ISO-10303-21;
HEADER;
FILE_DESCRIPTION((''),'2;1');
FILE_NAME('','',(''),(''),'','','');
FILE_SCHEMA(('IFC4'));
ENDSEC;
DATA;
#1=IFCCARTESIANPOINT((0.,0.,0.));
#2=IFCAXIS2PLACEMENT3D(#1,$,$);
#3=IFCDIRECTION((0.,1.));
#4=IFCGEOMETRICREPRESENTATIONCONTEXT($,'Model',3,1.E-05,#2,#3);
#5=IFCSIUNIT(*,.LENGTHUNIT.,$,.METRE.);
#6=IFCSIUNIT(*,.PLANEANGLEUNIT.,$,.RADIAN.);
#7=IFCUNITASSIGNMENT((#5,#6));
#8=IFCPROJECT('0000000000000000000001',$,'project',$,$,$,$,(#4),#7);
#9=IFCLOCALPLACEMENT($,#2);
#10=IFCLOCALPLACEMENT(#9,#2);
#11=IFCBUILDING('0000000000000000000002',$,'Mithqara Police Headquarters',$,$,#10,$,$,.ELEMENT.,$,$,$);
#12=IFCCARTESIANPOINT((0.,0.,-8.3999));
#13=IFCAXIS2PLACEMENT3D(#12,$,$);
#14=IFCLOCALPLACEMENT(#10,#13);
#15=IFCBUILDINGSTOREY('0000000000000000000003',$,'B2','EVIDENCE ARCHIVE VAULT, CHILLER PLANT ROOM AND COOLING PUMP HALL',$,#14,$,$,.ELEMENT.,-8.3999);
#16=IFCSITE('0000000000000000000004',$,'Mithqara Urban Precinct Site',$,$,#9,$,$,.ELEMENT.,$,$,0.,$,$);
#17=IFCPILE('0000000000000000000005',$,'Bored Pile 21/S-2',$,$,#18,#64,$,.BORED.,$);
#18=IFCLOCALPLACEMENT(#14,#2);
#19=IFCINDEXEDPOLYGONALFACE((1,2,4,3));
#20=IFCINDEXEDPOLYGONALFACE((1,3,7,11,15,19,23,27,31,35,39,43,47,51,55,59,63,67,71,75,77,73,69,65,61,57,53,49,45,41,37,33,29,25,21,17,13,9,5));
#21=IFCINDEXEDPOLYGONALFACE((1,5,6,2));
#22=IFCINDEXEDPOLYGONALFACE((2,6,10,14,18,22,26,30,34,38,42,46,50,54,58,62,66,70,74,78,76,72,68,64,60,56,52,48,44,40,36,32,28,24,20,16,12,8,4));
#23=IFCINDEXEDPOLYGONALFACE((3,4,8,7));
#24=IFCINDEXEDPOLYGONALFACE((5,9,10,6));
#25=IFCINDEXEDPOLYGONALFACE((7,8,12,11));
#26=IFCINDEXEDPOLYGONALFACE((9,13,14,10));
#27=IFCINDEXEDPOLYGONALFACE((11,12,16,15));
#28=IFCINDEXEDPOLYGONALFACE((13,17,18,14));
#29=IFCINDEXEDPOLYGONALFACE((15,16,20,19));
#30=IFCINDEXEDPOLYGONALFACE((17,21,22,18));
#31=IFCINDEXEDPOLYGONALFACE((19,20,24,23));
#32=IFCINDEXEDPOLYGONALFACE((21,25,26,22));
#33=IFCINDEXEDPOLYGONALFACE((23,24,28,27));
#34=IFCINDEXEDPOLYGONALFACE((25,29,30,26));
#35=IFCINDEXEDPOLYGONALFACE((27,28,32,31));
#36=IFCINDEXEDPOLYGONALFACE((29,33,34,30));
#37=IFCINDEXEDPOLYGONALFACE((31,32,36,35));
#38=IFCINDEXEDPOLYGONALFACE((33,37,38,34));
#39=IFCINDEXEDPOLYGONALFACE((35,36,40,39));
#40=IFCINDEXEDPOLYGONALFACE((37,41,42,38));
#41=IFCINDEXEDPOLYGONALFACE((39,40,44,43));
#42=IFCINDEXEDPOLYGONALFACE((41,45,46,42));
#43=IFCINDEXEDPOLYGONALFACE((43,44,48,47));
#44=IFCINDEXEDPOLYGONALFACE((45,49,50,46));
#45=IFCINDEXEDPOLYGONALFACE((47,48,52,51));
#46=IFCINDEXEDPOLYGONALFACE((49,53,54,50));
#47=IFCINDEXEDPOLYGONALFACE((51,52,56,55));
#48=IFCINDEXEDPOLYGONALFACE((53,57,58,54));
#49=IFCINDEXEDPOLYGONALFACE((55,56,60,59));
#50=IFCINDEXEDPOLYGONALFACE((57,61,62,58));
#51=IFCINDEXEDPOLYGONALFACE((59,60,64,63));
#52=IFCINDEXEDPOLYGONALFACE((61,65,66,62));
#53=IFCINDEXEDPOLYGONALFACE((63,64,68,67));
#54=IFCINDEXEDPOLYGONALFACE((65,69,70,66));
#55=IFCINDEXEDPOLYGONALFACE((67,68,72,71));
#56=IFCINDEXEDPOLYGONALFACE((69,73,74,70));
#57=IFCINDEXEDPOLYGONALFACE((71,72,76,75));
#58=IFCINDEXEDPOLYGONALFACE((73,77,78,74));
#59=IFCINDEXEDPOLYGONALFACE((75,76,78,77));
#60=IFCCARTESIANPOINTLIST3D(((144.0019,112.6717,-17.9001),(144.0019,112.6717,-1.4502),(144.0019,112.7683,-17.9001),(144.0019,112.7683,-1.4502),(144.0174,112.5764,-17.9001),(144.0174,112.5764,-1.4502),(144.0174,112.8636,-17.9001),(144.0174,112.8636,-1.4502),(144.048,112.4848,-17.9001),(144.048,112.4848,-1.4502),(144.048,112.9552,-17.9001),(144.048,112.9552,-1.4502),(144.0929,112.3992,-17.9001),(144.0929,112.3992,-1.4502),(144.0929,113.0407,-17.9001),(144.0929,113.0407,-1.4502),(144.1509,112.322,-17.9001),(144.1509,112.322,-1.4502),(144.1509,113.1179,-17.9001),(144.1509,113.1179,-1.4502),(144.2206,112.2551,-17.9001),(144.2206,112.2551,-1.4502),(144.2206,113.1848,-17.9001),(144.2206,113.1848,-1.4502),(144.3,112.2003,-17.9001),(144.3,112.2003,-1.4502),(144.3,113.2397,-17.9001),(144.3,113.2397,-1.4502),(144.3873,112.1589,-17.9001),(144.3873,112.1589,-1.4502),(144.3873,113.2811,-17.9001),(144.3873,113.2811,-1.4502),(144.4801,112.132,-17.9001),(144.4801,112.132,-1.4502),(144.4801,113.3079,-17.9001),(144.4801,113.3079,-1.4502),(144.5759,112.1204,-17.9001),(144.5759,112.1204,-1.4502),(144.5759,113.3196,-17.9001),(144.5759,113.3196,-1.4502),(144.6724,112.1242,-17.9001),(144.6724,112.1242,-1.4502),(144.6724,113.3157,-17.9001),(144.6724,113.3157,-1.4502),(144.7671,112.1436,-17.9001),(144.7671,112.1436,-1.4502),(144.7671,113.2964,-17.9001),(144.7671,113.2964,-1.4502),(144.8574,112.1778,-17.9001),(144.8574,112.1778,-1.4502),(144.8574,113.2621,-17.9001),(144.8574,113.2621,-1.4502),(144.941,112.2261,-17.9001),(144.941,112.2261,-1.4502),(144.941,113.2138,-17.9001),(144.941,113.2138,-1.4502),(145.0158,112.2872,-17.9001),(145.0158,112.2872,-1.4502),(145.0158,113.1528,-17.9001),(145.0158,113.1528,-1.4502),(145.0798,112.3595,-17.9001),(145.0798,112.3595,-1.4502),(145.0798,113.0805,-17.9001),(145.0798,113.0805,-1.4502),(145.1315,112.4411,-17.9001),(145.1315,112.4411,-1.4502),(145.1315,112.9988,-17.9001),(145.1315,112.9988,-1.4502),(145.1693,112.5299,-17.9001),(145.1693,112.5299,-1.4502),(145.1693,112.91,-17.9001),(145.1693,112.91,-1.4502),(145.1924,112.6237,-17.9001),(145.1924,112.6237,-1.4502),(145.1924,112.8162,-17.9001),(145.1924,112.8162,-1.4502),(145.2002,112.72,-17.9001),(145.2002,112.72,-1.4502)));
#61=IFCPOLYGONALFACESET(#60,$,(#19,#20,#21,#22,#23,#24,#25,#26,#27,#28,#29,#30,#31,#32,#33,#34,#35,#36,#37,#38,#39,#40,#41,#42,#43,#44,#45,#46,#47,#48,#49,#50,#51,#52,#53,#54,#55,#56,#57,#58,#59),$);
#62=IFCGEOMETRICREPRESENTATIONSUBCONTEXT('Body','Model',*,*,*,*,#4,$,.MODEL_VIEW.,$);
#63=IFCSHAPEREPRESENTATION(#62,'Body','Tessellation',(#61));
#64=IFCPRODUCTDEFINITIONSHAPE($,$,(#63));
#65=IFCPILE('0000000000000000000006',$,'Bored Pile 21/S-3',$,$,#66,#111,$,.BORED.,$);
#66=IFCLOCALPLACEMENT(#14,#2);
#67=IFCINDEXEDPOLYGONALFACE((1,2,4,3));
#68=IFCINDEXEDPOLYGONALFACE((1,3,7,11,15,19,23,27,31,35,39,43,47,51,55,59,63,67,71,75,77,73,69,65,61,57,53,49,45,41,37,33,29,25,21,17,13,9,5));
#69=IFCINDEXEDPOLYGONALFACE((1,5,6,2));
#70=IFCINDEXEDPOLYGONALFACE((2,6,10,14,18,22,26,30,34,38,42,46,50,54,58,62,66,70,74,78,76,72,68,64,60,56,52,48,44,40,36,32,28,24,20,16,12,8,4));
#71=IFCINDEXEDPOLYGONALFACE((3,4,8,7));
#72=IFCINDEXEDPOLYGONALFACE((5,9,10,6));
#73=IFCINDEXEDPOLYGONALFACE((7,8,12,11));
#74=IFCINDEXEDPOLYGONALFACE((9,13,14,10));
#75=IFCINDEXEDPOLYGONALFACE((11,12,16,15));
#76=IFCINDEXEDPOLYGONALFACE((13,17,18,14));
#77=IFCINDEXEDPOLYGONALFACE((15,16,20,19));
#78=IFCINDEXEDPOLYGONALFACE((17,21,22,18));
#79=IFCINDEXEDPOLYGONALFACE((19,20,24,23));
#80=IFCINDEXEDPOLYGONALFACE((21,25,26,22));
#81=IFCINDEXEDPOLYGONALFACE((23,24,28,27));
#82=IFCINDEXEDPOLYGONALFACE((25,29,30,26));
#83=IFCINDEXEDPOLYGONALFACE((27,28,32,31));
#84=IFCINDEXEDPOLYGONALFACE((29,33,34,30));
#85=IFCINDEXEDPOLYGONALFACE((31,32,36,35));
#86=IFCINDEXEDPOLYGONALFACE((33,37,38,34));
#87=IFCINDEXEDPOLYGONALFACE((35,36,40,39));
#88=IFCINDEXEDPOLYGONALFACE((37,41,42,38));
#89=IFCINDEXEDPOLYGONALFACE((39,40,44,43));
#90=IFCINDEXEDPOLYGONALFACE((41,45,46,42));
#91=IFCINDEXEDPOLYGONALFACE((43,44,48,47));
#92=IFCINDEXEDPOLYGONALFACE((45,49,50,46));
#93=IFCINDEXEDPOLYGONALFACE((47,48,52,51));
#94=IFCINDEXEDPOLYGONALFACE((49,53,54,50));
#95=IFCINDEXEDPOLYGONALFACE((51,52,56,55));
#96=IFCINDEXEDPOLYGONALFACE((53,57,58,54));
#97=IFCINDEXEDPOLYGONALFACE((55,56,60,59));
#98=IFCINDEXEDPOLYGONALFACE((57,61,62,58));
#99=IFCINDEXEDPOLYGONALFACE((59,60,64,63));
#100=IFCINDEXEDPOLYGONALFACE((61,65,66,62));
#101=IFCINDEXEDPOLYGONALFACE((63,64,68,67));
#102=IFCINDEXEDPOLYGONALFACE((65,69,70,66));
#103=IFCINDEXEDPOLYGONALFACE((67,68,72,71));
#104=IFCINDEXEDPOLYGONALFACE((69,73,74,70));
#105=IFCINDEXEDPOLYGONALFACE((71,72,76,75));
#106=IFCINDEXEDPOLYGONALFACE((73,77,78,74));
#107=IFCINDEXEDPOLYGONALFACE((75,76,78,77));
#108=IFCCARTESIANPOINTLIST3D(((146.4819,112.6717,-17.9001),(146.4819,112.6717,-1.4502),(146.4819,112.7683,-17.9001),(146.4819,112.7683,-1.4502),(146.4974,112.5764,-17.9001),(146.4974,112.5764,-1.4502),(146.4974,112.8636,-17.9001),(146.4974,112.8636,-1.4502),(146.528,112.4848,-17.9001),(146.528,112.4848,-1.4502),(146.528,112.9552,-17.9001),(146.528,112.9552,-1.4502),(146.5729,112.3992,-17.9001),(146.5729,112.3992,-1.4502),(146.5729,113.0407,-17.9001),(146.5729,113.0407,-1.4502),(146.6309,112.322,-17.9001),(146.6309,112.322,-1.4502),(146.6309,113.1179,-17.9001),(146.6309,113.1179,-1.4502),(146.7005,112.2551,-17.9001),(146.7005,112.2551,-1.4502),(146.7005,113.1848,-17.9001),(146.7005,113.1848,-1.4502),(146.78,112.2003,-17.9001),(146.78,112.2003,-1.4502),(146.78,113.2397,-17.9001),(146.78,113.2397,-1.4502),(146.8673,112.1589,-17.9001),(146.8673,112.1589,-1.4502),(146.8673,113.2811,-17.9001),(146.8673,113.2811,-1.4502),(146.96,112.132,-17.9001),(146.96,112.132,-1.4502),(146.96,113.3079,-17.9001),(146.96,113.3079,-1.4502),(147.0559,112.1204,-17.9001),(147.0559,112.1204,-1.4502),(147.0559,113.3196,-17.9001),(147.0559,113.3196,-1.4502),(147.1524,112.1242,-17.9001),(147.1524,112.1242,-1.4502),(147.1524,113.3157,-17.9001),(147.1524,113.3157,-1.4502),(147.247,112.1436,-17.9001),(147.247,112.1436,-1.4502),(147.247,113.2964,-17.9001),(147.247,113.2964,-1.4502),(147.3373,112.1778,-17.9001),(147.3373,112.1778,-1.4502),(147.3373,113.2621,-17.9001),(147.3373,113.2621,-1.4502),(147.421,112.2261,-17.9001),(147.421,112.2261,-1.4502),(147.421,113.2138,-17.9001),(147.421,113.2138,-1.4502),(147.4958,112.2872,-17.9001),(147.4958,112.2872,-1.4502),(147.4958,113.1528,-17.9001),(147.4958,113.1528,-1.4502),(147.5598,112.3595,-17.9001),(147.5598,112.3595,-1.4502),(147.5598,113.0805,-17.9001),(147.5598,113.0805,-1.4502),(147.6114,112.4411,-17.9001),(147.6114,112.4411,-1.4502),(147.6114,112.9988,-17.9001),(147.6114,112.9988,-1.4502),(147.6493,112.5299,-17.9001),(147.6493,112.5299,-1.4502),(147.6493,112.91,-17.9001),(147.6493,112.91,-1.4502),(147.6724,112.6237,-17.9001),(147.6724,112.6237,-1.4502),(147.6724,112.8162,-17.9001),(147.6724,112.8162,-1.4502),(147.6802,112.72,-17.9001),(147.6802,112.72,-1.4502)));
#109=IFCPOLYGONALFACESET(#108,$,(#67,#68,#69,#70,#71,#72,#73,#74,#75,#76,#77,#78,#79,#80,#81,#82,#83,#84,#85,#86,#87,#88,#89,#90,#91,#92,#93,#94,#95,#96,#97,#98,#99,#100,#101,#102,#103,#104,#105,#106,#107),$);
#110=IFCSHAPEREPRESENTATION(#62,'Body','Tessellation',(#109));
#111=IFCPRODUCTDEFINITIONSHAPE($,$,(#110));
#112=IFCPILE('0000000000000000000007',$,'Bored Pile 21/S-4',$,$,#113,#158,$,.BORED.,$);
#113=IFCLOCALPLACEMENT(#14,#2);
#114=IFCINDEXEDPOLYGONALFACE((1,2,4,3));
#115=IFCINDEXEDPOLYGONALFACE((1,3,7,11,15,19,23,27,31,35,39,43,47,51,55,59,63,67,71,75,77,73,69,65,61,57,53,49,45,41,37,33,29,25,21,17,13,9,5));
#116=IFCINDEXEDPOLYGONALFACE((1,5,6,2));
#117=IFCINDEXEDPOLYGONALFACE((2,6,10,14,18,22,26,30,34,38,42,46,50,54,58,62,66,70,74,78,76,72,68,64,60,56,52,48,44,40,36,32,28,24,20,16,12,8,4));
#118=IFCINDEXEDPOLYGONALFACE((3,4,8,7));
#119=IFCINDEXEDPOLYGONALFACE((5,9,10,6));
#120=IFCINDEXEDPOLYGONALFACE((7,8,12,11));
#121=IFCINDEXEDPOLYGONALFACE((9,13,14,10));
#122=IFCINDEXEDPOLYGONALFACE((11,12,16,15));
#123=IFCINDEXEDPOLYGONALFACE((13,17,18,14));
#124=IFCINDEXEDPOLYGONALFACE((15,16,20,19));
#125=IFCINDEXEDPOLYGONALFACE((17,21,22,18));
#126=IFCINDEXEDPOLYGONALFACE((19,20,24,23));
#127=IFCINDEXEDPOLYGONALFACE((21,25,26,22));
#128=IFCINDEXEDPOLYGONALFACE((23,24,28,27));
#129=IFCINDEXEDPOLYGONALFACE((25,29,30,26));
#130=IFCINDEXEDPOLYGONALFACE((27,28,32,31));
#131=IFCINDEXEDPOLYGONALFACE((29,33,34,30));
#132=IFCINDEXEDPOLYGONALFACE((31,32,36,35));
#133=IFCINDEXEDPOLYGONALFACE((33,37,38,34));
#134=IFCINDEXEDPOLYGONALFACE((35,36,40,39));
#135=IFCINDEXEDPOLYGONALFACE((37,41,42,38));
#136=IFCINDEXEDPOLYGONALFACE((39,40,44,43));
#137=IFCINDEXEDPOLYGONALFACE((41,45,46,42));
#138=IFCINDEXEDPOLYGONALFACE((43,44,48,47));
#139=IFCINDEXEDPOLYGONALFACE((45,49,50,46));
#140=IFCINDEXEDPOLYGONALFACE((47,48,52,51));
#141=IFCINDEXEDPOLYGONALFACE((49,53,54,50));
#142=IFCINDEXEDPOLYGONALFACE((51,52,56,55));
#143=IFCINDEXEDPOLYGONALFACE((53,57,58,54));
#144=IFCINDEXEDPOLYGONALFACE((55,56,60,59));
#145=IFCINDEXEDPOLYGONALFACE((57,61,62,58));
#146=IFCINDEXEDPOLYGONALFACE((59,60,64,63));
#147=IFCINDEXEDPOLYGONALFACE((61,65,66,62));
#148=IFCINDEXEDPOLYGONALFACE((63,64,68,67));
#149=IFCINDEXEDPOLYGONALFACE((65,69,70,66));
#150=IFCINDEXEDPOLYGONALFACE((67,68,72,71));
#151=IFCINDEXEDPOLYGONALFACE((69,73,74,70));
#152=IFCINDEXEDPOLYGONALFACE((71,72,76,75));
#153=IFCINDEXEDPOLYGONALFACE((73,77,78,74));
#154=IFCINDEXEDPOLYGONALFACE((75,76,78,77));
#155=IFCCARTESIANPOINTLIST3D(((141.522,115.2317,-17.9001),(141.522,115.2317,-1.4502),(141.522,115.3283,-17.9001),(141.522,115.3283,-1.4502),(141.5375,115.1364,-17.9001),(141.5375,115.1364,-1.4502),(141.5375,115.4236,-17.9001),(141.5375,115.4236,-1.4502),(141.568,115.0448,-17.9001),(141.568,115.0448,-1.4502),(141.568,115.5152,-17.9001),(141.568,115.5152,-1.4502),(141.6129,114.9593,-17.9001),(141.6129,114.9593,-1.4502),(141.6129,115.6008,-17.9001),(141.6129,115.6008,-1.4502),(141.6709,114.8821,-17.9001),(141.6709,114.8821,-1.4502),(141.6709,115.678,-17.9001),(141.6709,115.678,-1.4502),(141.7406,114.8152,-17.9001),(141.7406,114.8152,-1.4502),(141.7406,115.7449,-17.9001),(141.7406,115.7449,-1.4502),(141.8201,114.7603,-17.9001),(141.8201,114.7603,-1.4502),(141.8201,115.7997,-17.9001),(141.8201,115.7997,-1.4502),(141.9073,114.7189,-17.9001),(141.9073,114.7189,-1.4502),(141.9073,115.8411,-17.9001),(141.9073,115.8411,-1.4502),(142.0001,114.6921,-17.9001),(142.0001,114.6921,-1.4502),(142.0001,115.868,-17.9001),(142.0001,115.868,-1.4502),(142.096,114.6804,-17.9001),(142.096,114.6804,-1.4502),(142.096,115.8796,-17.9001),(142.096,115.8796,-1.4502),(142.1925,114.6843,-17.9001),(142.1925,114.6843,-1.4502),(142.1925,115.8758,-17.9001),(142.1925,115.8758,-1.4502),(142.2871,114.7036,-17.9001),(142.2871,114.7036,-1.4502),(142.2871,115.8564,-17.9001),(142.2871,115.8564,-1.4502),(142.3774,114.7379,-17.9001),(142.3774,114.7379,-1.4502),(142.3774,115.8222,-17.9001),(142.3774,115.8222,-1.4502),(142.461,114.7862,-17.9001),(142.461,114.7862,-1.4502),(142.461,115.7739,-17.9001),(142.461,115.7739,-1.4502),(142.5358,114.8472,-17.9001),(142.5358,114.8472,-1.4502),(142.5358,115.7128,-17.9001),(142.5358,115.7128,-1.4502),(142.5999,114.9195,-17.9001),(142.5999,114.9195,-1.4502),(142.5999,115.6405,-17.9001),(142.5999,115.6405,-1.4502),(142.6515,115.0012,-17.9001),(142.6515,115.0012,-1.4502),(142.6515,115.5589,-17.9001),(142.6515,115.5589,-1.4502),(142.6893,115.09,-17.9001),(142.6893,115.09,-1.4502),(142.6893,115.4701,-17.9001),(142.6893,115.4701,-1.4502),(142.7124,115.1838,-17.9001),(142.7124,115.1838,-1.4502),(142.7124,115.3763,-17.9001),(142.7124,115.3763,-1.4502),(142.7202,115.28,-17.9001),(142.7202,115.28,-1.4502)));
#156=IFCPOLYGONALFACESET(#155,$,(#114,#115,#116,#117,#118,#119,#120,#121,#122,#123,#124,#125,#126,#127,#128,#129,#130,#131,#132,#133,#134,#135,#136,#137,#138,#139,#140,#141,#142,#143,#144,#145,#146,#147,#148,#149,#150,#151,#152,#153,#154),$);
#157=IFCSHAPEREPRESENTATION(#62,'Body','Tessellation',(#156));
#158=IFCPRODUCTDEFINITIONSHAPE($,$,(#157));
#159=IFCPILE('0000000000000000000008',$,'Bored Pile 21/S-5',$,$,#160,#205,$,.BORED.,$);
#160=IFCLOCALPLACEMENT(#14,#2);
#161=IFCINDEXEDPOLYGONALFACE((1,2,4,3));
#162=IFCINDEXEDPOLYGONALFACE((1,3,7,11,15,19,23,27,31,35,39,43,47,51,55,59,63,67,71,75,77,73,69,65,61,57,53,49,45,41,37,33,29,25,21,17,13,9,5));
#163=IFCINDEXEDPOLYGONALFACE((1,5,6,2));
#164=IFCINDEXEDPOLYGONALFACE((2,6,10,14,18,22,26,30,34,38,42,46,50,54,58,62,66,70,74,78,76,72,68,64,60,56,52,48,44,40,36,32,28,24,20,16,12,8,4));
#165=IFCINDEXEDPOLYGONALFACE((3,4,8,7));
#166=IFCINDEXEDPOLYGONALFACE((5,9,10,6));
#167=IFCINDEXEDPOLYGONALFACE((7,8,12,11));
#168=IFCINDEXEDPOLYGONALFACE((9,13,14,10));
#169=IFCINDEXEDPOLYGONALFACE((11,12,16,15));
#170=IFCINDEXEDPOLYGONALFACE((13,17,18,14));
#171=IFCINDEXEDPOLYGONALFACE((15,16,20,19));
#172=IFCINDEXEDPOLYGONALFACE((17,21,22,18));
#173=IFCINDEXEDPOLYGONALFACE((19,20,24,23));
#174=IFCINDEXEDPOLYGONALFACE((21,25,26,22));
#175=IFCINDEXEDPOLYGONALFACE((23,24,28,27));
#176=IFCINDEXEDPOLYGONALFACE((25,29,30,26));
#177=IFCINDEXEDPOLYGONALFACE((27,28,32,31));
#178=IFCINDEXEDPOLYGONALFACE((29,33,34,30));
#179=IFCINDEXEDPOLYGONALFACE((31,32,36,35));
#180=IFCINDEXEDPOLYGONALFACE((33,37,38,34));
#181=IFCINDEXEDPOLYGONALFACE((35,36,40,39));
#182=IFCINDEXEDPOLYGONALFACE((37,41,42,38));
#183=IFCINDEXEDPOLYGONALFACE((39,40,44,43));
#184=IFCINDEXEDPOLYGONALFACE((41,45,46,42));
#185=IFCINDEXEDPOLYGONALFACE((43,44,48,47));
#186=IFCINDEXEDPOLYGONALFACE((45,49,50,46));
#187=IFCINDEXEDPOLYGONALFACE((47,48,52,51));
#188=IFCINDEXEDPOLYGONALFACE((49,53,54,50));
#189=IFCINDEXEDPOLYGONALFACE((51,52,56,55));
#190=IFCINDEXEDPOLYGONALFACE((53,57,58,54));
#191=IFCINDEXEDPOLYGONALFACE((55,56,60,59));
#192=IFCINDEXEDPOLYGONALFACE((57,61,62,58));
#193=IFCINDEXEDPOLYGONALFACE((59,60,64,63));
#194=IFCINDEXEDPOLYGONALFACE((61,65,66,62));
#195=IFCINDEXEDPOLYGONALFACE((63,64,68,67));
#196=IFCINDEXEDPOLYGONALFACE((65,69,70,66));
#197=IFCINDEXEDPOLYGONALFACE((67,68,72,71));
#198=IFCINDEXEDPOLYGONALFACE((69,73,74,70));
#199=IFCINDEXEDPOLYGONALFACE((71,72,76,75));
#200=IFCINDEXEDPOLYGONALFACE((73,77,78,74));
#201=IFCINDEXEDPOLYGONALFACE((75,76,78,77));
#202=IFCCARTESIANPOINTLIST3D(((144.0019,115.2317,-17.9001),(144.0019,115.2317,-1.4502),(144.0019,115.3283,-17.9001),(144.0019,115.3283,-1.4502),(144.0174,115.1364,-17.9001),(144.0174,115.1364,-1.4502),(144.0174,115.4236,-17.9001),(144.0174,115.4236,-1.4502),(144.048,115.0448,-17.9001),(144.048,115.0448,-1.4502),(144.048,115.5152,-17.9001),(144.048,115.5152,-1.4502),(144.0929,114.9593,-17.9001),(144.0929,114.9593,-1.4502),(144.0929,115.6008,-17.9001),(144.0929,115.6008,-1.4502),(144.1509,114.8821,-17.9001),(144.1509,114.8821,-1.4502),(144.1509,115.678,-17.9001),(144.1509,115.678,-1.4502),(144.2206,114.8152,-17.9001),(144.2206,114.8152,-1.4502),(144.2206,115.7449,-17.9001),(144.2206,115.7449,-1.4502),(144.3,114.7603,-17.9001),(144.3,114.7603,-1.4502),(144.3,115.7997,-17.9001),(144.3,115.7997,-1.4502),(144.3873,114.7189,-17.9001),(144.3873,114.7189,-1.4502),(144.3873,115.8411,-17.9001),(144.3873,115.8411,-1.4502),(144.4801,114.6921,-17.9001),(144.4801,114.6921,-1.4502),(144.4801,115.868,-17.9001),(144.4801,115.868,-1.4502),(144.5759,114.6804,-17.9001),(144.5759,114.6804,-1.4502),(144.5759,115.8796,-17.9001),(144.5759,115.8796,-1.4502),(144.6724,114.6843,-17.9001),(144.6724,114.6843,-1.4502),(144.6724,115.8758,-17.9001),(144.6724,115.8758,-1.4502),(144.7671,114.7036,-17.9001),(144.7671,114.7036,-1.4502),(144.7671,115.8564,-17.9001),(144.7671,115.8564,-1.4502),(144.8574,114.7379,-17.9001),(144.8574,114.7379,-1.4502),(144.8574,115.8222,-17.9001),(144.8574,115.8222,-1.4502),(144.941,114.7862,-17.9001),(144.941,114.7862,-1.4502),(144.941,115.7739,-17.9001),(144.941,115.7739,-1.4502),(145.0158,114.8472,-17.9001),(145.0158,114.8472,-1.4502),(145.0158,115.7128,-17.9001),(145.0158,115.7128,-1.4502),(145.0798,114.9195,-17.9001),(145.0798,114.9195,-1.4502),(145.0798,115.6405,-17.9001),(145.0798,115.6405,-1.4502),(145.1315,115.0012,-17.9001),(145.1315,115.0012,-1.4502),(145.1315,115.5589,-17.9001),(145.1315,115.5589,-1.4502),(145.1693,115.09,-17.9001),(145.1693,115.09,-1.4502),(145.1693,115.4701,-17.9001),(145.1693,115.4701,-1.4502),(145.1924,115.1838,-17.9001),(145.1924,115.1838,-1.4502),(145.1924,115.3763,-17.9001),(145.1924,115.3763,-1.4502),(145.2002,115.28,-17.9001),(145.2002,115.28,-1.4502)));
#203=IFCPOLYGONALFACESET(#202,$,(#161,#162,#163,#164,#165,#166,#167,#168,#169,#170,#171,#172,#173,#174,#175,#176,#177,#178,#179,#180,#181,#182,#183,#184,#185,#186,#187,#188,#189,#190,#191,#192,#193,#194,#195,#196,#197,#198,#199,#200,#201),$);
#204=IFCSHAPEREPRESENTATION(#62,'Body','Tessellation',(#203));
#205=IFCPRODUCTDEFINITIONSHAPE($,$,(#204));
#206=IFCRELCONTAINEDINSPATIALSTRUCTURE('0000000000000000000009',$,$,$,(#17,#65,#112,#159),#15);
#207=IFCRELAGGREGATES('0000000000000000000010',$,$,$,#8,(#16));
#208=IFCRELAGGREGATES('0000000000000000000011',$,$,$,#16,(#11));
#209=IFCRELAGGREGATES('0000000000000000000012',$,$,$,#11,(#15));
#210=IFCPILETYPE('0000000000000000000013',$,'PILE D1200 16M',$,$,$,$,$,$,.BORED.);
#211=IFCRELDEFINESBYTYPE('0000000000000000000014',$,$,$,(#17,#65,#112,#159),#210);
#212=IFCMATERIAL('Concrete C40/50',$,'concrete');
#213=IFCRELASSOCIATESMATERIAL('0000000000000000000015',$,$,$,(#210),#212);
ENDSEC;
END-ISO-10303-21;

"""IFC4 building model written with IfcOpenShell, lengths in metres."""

from ifc_helpers import new_model, si_unit, direction, frame, origin, origin_2d, place, context, subcontext, project, spatial, circle, extrude, material, material_profile, profile_set, type_object, element, save


model = new_model("IFC4")

# Units and contexts
model_context = context("Model", 3, precision=1e-05, world=origin(), true_north=direction((0.0, 1.0)))
body_context = subcontext(model_context, "Body", "Model", "MODEL_VIEW")
ifc_project = project(units=[si_unit("LENGTHUNIT", "METRE"), si_unit("PLANEANGLEUNIT", "RADIAN")], contexts=[model_context])

# Site, building, storey
site_placement = place(None, origin())
site = spatial("IfcSite", under=ifc_project, at=site_placement, Name="Mithqara Urban Precinct Site", CompositionType="ELEMENT", RefElevation=0.0)
building_placement = place(site_placement, origin())
building = spatial("IfcBuilding", under=site, at=building_placement, Name="Mithqara Police Headquarters", CompositionType="ELEMENT")
storey_placement = place(building_placement, frame((0.0, 0.0, -8.3999)))
storey = spatial("IfcBuildingStorey", under=building, at=storey_placement, Name="B2", Description="EVIDENCE ARCHIVE VAULT, CHILLER PLANT ROOM AND COOLING PUMP HALL", CompositionType="ELEMENT", Elevation=-8.3999)

# Shared definitions
ifc_material_1 = material(Name="Concrete C40/50", Category="concrete")

# Piles
ifc_material_profile_1 = material_profile(ifc_material_1, circle(Radius=0.6001, at=origin_2d()), Name="PILE D1200")
ifc_profile_set_1 = profile_set([ifc_material_profile_1], Name="Concrete C40/50")
pile_type_1 = type_object("IfcPileType", Name="PILE D1200 16M", PredefinedType="BORED", material=ifc_profile_set_1)
for number, where, z_axis, x_axis, name in (
    (1, (144.6001, 112.72, -1.4502), (0.0, 0.0, -1.0), (1.0, 0.0, 0.0), "Bored Pile 21/S-2"),
    (2, (147.0801, 112.72, -1.4502), (0.0, 0.0, -1.0), (1.0, 0.0, 0.0), "Bored Pile 21/S-3"),
    (3, (142.1201, 115.28, -1.4502), (0.0, 0.0, -1.0), (1.0, 0.0, 0.0), "Bored Pile 21/S-4"),
    (4, (144.6001, 115.28, -1.4502), (0.0, 0.0, -1.0), (1.0, 0.0, 0.0), "Bored Pile 21/S-5"),
):
    element("IfcPile", number, at=place(storey_placement, frame(where, z_axis=z_axis, x_axis=x_axis)), inside=storey, type_object=pile_type_1, Name=name, PredefinedType="BORED", context=body_context, shape_type="SweptSolid", body=[
        extrude(circle(Radius=0.6001, at=origin_2d()), origin(), (0.0, 0.0, 1.0), 16.45),
    ])

save(model, "model.ifc")
